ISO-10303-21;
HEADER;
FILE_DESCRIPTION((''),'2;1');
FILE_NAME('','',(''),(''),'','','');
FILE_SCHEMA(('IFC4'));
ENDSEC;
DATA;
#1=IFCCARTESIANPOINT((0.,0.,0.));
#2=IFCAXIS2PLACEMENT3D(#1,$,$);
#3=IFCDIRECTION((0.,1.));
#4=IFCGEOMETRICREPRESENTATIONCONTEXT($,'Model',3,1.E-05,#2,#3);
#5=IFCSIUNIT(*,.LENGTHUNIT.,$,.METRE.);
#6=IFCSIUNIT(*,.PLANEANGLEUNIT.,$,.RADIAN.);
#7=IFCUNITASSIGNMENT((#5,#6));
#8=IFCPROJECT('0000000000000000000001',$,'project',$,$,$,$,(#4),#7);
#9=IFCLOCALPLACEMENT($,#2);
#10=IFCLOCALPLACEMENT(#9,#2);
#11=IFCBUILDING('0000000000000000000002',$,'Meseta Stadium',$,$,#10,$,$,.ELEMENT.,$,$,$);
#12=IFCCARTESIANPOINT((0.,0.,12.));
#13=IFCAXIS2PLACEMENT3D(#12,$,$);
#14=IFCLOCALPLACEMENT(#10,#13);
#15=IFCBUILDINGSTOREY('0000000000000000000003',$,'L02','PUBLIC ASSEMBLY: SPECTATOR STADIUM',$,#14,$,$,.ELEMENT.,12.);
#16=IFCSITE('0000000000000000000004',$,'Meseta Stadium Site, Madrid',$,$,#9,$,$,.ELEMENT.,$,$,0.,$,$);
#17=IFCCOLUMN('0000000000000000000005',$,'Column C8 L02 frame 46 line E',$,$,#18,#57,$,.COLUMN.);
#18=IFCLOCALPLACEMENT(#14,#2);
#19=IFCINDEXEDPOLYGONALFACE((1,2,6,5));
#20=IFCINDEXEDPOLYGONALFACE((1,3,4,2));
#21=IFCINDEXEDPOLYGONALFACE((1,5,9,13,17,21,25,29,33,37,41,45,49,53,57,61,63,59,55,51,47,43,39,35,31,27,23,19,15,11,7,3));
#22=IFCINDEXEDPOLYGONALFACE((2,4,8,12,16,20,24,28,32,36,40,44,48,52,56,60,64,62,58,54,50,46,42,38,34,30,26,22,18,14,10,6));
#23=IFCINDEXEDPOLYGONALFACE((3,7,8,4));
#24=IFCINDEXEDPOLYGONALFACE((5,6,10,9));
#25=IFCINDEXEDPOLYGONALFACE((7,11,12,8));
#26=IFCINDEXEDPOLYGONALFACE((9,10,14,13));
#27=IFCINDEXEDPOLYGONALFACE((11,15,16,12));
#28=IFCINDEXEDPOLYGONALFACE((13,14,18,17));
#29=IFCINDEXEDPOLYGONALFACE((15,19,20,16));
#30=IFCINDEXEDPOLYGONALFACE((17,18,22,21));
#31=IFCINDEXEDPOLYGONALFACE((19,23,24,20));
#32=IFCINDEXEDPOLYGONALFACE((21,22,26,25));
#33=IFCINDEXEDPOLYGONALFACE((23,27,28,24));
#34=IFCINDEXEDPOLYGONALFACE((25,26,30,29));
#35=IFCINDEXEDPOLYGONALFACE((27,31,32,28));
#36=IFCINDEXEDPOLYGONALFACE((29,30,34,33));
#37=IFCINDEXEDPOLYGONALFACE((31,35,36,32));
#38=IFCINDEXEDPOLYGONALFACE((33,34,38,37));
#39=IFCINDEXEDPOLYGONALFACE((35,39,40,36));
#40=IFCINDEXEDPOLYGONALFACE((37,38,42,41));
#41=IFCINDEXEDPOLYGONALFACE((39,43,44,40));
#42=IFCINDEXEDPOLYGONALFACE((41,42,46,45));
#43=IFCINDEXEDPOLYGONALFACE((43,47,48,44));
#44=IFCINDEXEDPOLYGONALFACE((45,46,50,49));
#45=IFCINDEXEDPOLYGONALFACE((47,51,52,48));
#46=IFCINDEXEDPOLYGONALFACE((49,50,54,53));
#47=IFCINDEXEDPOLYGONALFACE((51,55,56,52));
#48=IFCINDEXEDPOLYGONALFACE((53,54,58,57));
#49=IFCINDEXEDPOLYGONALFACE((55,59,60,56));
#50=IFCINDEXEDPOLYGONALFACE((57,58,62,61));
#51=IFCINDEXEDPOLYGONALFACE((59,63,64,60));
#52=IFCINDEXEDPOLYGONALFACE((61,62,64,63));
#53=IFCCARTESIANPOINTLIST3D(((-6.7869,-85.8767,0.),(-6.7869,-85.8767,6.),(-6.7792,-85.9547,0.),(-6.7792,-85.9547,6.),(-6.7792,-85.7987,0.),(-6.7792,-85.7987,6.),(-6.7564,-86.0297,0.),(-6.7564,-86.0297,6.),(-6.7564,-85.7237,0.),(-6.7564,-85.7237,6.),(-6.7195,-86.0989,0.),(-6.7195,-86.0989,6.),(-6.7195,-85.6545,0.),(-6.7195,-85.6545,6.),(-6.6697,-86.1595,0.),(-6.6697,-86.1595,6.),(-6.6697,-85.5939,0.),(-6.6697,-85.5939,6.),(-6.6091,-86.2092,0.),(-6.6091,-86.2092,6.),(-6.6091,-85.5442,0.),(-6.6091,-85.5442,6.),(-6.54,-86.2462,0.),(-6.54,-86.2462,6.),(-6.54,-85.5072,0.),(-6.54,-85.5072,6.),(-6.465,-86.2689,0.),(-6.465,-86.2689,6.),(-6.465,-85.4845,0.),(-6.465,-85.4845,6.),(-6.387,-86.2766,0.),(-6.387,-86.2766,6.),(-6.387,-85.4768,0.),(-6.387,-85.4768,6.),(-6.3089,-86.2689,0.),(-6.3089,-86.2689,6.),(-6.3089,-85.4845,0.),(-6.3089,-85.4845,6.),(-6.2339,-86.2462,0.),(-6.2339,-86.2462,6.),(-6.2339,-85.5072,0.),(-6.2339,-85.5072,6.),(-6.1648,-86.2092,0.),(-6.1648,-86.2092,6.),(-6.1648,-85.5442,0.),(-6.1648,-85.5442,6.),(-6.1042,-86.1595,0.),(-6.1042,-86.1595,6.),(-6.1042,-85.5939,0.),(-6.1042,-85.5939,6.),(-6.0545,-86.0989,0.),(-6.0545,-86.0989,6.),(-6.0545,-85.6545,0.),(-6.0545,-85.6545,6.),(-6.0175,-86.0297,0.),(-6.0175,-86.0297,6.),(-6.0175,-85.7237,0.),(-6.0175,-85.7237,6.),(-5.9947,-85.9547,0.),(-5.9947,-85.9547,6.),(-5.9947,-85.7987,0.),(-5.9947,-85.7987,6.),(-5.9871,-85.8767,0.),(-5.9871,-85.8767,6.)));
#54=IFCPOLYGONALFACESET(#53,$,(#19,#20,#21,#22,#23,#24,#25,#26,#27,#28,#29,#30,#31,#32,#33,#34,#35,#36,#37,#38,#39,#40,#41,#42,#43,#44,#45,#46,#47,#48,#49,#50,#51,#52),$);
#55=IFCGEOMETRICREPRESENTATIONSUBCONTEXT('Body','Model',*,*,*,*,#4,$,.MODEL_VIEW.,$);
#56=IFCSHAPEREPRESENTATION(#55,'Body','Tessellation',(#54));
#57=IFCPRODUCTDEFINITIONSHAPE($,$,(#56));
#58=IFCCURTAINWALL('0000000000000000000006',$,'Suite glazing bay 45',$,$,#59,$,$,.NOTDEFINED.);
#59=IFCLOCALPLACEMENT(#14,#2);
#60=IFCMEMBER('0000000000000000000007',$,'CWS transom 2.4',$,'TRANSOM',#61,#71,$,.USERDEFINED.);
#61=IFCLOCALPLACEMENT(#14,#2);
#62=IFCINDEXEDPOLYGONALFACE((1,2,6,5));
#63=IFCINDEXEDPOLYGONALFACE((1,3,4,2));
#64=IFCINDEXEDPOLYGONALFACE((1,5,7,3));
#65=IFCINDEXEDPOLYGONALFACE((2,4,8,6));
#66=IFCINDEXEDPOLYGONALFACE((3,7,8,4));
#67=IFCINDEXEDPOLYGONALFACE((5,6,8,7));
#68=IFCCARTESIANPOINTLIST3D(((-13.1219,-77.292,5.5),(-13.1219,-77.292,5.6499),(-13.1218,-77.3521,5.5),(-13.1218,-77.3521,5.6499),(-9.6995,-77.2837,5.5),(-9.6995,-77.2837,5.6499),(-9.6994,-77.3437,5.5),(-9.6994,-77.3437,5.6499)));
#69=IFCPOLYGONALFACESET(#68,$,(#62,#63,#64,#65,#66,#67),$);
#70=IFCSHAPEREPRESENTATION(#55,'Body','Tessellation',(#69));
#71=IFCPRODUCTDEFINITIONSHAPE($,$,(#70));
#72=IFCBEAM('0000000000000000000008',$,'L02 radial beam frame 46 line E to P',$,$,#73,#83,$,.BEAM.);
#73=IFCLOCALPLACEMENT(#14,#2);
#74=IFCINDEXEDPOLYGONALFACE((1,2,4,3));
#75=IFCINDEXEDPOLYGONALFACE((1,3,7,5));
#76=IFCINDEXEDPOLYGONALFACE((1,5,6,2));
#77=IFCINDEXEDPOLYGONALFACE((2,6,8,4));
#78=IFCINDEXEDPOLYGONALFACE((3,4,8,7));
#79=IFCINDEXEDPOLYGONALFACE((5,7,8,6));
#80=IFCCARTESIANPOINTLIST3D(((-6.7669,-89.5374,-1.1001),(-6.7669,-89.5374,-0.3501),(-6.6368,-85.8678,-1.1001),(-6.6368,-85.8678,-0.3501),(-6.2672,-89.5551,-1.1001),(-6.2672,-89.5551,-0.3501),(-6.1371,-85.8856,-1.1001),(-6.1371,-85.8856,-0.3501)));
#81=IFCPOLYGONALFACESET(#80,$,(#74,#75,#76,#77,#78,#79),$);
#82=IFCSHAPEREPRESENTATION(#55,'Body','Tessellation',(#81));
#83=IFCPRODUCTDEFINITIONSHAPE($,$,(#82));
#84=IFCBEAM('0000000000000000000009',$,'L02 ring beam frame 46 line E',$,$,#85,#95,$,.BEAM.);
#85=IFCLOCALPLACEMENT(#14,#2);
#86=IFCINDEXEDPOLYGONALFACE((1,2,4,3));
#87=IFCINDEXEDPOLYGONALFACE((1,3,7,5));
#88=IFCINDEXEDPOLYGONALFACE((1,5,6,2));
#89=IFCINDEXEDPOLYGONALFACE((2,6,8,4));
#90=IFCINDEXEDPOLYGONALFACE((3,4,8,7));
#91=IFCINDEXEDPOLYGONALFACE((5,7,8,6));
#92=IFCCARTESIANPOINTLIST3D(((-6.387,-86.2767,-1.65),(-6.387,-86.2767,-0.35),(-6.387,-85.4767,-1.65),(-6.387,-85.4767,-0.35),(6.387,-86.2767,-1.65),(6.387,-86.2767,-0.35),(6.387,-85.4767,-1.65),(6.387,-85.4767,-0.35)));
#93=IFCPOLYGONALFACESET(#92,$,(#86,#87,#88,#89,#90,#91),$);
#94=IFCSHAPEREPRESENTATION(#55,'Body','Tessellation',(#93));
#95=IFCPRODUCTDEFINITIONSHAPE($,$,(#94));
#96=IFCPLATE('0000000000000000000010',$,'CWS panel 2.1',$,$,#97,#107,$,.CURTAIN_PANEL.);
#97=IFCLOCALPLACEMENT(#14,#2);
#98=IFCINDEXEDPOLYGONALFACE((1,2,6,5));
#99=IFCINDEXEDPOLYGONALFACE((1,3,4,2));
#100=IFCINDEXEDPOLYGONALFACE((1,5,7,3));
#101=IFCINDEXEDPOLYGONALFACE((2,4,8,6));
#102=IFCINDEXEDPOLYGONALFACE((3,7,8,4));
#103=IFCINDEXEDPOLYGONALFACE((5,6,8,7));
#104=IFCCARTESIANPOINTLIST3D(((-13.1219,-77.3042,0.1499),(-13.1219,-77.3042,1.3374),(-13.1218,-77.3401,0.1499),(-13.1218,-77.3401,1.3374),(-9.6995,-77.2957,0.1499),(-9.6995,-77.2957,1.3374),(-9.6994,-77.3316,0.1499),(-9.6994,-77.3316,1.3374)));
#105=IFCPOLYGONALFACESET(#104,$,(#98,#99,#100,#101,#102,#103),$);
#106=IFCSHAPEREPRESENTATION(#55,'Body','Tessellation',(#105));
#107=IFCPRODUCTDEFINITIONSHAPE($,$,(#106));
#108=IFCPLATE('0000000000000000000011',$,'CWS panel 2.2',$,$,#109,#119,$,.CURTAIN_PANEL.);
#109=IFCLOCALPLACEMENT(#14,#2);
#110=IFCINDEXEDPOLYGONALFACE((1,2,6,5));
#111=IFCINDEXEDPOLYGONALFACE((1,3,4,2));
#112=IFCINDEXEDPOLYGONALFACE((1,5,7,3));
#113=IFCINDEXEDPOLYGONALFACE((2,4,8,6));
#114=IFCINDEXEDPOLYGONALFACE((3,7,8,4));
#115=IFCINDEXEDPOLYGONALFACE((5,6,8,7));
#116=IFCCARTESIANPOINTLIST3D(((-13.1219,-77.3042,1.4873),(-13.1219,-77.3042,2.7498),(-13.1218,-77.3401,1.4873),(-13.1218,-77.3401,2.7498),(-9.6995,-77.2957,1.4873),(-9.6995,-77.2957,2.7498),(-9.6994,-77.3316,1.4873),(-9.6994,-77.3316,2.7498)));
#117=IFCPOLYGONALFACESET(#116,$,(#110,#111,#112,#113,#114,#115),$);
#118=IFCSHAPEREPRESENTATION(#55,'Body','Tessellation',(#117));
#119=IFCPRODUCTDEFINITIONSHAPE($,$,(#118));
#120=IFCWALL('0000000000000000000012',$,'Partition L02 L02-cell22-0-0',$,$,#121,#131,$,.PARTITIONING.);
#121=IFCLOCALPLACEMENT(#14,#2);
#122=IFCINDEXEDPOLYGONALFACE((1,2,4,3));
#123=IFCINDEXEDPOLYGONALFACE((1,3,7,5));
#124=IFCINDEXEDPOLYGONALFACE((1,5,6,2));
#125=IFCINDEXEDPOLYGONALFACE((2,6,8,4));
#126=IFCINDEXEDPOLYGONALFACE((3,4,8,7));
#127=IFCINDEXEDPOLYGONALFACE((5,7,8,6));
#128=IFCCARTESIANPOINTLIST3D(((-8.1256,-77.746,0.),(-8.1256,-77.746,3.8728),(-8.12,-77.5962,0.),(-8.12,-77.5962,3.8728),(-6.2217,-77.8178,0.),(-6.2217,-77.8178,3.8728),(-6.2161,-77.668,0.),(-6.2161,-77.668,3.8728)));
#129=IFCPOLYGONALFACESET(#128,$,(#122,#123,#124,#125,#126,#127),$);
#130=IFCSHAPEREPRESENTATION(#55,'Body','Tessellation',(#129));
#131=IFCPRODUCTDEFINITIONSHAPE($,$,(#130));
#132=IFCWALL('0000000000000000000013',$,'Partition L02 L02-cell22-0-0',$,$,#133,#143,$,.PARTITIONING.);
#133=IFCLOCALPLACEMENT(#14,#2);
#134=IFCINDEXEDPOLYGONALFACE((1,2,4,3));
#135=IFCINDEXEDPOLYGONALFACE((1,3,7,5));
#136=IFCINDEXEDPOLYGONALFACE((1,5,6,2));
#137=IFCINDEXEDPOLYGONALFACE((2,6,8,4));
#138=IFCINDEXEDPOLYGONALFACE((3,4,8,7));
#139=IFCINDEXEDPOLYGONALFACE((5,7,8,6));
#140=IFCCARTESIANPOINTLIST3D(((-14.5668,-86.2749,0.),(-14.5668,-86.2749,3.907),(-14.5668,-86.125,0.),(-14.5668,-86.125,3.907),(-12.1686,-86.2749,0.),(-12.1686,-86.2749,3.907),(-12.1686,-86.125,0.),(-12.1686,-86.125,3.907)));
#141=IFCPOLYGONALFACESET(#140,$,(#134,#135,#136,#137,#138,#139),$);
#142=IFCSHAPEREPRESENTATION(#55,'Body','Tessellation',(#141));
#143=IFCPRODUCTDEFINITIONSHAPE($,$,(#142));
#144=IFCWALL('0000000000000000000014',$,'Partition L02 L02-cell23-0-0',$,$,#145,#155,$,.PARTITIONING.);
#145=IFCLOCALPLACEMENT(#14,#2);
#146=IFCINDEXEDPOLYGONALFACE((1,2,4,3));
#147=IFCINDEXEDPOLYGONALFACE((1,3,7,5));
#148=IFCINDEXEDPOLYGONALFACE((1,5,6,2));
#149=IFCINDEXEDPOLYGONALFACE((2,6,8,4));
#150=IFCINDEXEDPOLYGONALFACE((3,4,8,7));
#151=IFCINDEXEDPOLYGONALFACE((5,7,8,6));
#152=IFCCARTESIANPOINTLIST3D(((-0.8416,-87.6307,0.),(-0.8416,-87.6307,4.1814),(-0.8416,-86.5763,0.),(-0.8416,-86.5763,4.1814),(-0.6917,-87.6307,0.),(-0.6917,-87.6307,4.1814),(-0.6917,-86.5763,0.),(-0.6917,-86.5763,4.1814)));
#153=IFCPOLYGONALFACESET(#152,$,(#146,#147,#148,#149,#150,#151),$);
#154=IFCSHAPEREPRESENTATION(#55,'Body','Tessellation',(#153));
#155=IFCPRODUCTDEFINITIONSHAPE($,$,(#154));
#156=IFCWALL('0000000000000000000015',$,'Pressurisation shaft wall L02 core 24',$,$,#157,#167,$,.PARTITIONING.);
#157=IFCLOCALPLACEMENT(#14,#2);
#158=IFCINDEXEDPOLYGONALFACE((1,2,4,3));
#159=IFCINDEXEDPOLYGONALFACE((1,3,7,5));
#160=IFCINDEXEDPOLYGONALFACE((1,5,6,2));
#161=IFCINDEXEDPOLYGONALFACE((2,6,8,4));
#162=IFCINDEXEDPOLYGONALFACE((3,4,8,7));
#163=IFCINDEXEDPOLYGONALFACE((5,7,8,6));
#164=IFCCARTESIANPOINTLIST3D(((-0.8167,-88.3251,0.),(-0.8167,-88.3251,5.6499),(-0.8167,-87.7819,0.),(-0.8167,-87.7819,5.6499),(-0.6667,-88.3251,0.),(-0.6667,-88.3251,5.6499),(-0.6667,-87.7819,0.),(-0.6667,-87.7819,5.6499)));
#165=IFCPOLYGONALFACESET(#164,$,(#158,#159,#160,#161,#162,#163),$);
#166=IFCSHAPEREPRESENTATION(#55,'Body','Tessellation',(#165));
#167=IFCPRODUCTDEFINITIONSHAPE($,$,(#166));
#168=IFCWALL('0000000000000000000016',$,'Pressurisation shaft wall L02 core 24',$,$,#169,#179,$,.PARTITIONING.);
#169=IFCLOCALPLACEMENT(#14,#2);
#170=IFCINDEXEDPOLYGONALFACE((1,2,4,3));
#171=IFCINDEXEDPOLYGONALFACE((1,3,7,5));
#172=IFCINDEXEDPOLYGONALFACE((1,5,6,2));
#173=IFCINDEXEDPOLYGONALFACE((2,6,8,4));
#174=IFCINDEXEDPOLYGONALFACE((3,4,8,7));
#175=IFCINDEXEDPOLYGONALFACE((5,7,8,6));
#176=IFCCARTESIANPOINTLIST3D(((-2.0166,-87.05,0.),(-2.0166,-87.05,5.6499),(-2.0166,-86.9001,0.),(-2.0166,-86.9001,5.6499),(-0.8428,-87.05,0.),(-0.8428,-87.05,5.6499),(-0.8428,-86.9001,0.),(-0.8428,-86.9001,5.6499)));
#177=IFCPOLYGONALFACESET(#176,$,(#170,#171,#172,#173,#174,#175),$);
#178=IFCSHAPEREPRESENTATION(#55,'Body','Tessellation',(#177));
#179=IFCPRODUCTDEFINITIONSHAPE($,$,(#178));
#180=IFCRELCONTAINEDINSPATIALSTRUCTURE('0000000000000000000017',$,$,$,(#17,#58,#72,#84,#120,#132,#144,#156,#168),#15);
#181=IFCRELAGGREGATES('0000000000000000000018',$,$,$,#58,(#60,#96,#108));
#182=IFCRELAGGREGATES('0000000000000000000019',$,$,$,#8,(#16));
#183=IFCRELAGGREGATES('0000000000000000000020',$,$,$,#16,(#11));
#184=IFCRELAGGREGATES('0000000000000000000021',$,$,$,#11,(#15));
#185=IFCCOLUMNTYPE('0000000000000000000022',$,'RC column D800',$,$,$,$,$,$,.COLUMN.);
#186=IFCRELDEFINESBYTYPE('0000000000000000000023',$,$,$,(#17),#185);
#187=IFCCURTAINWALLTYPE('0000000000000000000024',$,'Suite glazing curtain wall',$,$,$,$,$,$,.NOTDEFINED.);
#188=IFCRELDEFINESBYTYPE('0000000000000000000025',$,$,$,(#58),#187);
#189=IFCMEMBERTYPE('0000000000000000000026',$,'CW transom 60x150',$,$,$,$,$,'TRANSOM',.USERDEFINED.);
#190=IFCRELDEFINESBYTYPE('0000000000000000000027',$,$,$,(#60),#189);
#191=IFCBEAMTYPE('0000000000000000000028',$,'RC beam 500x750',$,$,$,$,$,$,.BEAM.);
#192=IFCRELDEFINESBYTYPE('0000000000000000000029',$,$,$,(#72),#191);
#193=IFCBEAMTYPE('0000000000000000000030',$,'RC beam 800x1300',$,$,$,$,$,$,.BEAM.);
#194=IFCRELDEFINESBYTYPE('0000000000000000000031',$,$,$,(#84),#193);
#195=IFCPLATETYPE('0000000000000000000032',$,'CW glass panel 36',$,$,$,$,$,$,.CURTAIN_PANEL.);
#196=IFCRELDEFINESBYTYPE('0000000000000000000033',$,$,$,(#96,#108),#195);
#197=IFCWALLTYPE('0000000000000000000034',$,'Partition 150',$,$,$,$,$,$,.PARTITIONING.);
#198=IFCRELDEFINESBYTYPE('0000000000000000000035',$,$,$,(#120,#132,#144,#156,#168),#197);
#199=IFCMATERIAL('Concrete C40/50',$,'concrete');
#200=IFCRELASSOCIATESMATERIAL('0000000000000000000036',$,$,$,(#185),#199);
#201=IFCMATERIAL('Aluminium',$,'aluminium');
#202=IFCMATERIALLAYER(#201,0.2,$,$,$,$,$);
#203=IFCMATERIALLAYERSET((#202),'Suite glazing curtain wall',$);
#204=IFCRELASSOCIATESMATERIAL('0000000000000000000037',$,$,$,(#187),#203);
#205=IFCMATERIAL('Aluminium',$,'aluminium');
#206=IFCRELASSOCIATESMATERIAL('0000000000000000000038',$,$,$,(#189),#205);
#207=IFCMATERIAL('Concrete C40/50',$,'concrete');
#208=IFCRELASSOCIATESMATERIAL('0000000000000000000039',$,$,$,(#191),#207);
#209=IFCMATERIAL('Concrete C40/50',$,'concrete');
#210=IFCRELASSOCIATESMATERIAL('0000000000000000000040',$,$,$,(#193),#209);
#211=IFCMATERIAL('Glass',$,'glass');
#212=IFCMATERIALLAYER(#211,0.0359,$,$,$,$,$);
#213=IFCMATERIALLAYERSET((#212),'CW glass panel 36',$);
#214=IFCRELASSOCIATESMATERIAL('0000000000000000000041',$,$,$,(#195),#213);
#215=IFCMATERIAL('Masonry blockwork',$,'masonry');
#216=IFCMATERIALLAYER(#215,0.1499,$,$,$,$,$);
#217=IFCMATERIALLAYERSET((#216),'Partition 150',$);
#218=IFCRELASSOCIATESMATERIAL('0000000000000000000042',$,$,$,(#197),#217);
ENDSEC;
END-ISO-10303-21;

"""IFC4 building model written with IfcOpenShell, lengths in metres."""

from ifc_helpers import new_model, si_unit, direction, frame, frame_2d, origin, origin_2d, place, context, subcontext, project, spatial, rectangle, circle, extrude, material, layer, layer_set, material_profile, profile_set, type_object, element, aggregate, save


model = new_model("IFC4")

# Units and contexts
model_context = context("Model", 3, precision=1e-05, world=origin(), true_north=direction((0.0, 1.0)))
body_context = subcontext(model_context, "Body", "Model", "MODEL_VIEW")
ifc_project = project(units=[si_unit("LENGTHUNIT", "METRE"), si_unit("PLANEANGLEUNIT", "RADIAN")], contexts=[model_context])

# Site, building, storey
site_placement = place(None, origin())
site = spatial("IfcSite", under=ifc_project, at=site_placement, Name="Meseta Stadium Site, Madrid", CompositionType="ELEMENT", RefElevation=0.0)
building_placement = place(site_placement, origin())
building = spatial("IfcBuilding", under=site, at=building_placement, Name="Meseta Stadium", CompositionType="ELEMENT")
storey_placement = place(building_placement, frame((0.0, 0.0, 12.0)))
storey = spatial("IfcBuildingStorey", under=building, at=storey_placement, Name="L02", Description="PUBLIC ASSEMBLY: SPECTATOR STADIUM", CompositionType="ELEMENT", Elevation=12.0)

# Column
ifc_material_1 = material(Name="Concrete C40/50", Category="concrete")
ifc_material_profile_1 = material_profile(ifc_material_1, circle(Radius=0.3999, at=origin_2d()), Name="RC D800")
ifc_profile_set_1 = profile_set([ifc_material_profile_1], Name="Concrete C40/50")
column_type = type_object("IfcColumnType", Name="RC column D800", PredefinedType="COLUMN", material=ifc_profile_set_1)
column_placement = place(storey_placement, frame((-6.387, -85.8767, 0.0), z_axis=(0.0, 0.0, 1.0), x_axis=(1.0, 0.0, 0.0)))
element("IfcColumn", 1, at=column_placement, inside=storey, type_object=column_type, Name="Column C8 L02 frame 46 line E", PredefinedType="COLUMN", context=body_context, shape_type="SweptSolid", body=[
    extrude(circle(Radius=0.3999, at=origin_2d()), origin(), (0.0, 0.0, 1.0), 6.0),
])

# Curtain wall, member
ifc_material_2 = material(Name="Aluminium", Category="aluminium")
ifc_layer_1 = layer(ifc_material_2, 0.2)
ifc_layer_set_1 = layer_set([ifc_layer_1], Name="Suite glazing curtain wall")
curtain_wall_type = type_object("IfcCurtainWallType", Name="Suite glazing curtain wall", PredefinedType="NOTDEFINED", material=ifc_layer_set_1)
curtain_wall_placement = place(storey_placement, origin())
curtain_wall = element("IfcCurtainWall", 2, at=curtain_wall_placement, inside=storey, type_object=curtain_wall_type, Name="Suite glazing bay 45", PredefinedType="NOTDEFINED")
ifc_material_3 = material(Name="Aluminium", Category="aluminium")
ifc_material_profile_2 = material_profile(ifc_material_3, rectangle(XDim=0.0601, YDim=0.1499, at=origin_2d()), Name="CW 60x150")
ifc_profile_set_2 = profile_set([ifc_material_profile_2], Name="Aluminium")
member_type = type_object("IfcMemberType", Name="CW transom 60x150", ElementType="TRANSOM", PredefinedType="USERDEFINED", material=ifc_profile_set_2)
member_placement = place(storey_placement, frame((-13.1218, -77.322, 5.575), z_axis=(0.999997, 0.002425, 0.0), x_axis=(-0.002425, 0.999997, 0.0)))
member = element("IfcMember", 3, at=member_placement, type_object=member_type, Name="CWS transom 2.4", ObjectType="TRANSOM", PredefinedType="USERDEFINED", context=body_context, shape_type="SweptSolid", body=[
    extrude(rectangle(XDim=0.0601, YDim=0.1499, at=origin_2d()), origin(), (0.0, 0.0, 1.0), 3.4224),
])

# Beams
ifc_material_4 = material(Name="Concrete C40/50", Category="concrete")
ifc_material_profile_3 = material_profile(ifc_material_4, rectangle(XDim=0.5, YDim=0.75, at=origin_2d()), Name="RC 500x750")
ifc_profile_set_3 = profile_set([ifc_material_profile_3], Name="Concrete C40/50")
beam_type_1 = type_object("IfcBeamType", Name="RC beam 500x750", PredefinedType="BEAM", material=ifc_profile_set_3)
beam_1_placement = place(storey_placement, frame((-6.387, -85.8767, -0.7251), z_axis=(-0.035438, -0.999372, 0.0), x_axis=(0.999372, -0.035438, 0.0)))
element("IfcBeam", 4, at=beam_1_placement, inside=storey, type_object=beam_type_1, Name="L02 radial beam frame 46 line E to P", PredefinedType="BEAM", context=body_context, shape_type="SweptSolid", body=[
    extrude(rectangle(XDim=0.5, YDim=0.75, at=origin_2d()), origin(), (0.0, 0.0, 1.0), 3.6719),
])
ifc_material_5 = material(Name="Concrete C40/50", Category="concrete")
ifc_material_profile_4 = material_profile(ifc_material_5, rectangle(XDim=0.8, YDim=1.3, at=origin_2d()), Name="RC 800x1300")
ifc_profile_set_4 = profile_set([ifc_material_profile_4], Name="Concrete C40/50")
beam_type_2 = type_object("IfcBeamType", Name="RC beam 800x1300", PredefinedType="BEAM", material=ifc_profile_set_4)
beam_2_placement = place(storey_placement, frame((-6.387, -85.8767, -1.0), z_axis=(1.0, 0.0, 0.0), x_axis=(0.0, 1.0, 0.0)))
element("IfcBeam", 5, at=beam_2_placement, inside=storey, type_object=beam_type_2, Name="L02 ring beam frame 46 line E", PredefinedType="BEAM", context=body_context, shape_type="SweptSolid", body=[
    extrude(rectangle(XDim=0.8, YDim=1.3, at=origin_2d()), origin(), (0.0, 0.0, 1.0), 12.7739),
])

# Plates
ifc_material_6 = material(Name="Glass", Category="glass")
ifc_layer_2 = layer(ifc_material_6, 0.0359)
ifc_layer_set_2 = layer_set([ifc_layer_2], Name="CW glass panel 36")
plate_type = type_object("IfcPlateType", Name="CW glass panel 36", PredefinedType="CURTAIN_PANEL", material=ifc_layer_set_2)
plate_1_placement = place(storey_placement, frame((-11.4106, -77.3179, 0.1499), z_axis=(0.0, 0.0, 1.0), x_axis=(0.999997, 0.002486, 0.0)))
plate_1 = element("IfcPlate", 6, at=plate_1_placement, type_object=plate_type, Name="CWS panel 2.1", PredefinedType="CURTAIN_PANEL", context=body_context, shape_type="SweptSolid", body=[
    extrude(rectangle(XDim=3.4224, YDim=0.0359, at=origin_2d()), origin(), (0.0, 0.0, 1.0), 1.1875),
])
plate_2_placement = place(storey_placement, frame((-11.4106, -77.3179, 1.4873), z_axis=(0.0, 0.0, 1.0), x_axis=(0.999997, 0.002486, 0.0)))
plate_2 = element("IfcPlate", 7, at=plate_2_placement, type_object=plate_type, Name="CWS panel 2.2", PredefinedType="CURTAIN_PANEL", context=body_context, shape_type="SweptSolid", body=[
    extrude(rectangle(XDim=3.4224, YDim=0.0359, at=origin_2d()), origin(), (0.0, 0.0, 1.0), 1.2625),
])
aggregate(curtain_wall, [member, plate_1, plate_2])

# Walls
ifc_material_7 = material(Name="Masonry blockwork", Category="masonry")
ifc_layer_3 = layer(ifc_material_7, 0.1499)
ifc_layer_set_3 = layer_set([ifc_layer_3], Name="Partition 150")
wall_type = type_object("IfcWallType", Name="Partition 150", PredefinedType="PARTITIONING", material=ifc_layer_set_3)
wall_1_placement = place(storey_placement, frame((-8.1228, -77.6711, 0.0), z_axis=(0.0, 0.0, 1.0), x_axis=(0.99929, -0.037675, 0.0)))
element("IfcWall", 8, at=wall_1_placement, inside=storey, type_object=wall_type, Name="Partition L02 L02-cell22-0-0", PredefinedType="PARTITIONING", context=body_context, shape_type="SweptSolid", body=[
    extrude(rectangle(XDim=1.9053, YDim=0.1499, at=frame_2d((0.9526, 0.0))), origin(), (0.0, 0.0, 1.0), 3.8728),
])
wall_2_placement = place(storey_placement, frame((-12.1685, -86.2, 0.0), z_axis=(0.0, 0.0, 1.0), x_axis=(-1.0, 0.0, 0.0)))
element("IfcWall", 9, at=wall_2_placement, inside=storey, type_object=wall_type, Name="Partition L02 L02-cell22-0-0", PredefinedType="PARTITIONING", context=body_context, shape_type="SweptSolid", body=[
    extrude(rectangle(XDim=2.3982, YDim=0.1499, at=frame_2d((1.1992, 0.0))), origin(), (0.0, 0.0, 1.0), 3.907),
])
wall_3_placement = place(storey_placement, frame((-0.7666, -87.6309, 0.0), z_axis=(0.0, 0.0, 1.0), x_axis=(0.0, 1.0, 0.0)))
element("IfcWall", 10, at=wall_3_placement, inside=storey, type_object=wall_type, Name="Partition L02 L02-cell23-0-0", PredefinedType="PARTITIONING", context=body_context, shape_type="SweptSolid", body=[
    extrude(rectangle(XDim=1.0544, YDim=0.1499, at=frame_2d((0.5273, 0.0))), origin(), (0.0, 0.0, 1.0), 4.1814),
])
wall_4_placement = place(storey_placement, frame((-0.7417, -88.325, 0.0), z_axis=(0.0, 0.0, 1.0), x_axis=(0.0, 1.0, 0.0)))
element("IfcWall", 11, at=wall_4_placement, inside=storey, type_object=wall_type, Name="Pressurisation shaft wall L02 core 24", PredefinedType="PARTITIONING", context=body_context, shape_type="SweptSolid", body=[
    extrude(rectangle(XDim=0.5432, YDim=0.1499, at=frame_2d((0.2715, 0.0))), origin(), (0.0, 0.0, 1.0), 5.6499),
])
wall_5_placement = place(storey_placement, frame((-0.8428, -86.9751, 0.0), z_axis=(0.0, 0.0, 1.0), x_axis=(-1.0, 0.0, 0.0)))
element("IfcWall", 12, at=wall_5_placement, inside=storey, type_object=wall_type, Name="Pressurisation shaft wall L02 core 24", PredefinedType="PARTITIONING", context=body_context, shape_type="SweptSolid", body=[
    extrude(rectangle(XDim=1.1738, YDim=0.1499, at=frame_2d((0.5869, 0.0))), origin(), (0.0, 0.0, 1.0), 5.6499),
])

save(model, "model.ifc")
